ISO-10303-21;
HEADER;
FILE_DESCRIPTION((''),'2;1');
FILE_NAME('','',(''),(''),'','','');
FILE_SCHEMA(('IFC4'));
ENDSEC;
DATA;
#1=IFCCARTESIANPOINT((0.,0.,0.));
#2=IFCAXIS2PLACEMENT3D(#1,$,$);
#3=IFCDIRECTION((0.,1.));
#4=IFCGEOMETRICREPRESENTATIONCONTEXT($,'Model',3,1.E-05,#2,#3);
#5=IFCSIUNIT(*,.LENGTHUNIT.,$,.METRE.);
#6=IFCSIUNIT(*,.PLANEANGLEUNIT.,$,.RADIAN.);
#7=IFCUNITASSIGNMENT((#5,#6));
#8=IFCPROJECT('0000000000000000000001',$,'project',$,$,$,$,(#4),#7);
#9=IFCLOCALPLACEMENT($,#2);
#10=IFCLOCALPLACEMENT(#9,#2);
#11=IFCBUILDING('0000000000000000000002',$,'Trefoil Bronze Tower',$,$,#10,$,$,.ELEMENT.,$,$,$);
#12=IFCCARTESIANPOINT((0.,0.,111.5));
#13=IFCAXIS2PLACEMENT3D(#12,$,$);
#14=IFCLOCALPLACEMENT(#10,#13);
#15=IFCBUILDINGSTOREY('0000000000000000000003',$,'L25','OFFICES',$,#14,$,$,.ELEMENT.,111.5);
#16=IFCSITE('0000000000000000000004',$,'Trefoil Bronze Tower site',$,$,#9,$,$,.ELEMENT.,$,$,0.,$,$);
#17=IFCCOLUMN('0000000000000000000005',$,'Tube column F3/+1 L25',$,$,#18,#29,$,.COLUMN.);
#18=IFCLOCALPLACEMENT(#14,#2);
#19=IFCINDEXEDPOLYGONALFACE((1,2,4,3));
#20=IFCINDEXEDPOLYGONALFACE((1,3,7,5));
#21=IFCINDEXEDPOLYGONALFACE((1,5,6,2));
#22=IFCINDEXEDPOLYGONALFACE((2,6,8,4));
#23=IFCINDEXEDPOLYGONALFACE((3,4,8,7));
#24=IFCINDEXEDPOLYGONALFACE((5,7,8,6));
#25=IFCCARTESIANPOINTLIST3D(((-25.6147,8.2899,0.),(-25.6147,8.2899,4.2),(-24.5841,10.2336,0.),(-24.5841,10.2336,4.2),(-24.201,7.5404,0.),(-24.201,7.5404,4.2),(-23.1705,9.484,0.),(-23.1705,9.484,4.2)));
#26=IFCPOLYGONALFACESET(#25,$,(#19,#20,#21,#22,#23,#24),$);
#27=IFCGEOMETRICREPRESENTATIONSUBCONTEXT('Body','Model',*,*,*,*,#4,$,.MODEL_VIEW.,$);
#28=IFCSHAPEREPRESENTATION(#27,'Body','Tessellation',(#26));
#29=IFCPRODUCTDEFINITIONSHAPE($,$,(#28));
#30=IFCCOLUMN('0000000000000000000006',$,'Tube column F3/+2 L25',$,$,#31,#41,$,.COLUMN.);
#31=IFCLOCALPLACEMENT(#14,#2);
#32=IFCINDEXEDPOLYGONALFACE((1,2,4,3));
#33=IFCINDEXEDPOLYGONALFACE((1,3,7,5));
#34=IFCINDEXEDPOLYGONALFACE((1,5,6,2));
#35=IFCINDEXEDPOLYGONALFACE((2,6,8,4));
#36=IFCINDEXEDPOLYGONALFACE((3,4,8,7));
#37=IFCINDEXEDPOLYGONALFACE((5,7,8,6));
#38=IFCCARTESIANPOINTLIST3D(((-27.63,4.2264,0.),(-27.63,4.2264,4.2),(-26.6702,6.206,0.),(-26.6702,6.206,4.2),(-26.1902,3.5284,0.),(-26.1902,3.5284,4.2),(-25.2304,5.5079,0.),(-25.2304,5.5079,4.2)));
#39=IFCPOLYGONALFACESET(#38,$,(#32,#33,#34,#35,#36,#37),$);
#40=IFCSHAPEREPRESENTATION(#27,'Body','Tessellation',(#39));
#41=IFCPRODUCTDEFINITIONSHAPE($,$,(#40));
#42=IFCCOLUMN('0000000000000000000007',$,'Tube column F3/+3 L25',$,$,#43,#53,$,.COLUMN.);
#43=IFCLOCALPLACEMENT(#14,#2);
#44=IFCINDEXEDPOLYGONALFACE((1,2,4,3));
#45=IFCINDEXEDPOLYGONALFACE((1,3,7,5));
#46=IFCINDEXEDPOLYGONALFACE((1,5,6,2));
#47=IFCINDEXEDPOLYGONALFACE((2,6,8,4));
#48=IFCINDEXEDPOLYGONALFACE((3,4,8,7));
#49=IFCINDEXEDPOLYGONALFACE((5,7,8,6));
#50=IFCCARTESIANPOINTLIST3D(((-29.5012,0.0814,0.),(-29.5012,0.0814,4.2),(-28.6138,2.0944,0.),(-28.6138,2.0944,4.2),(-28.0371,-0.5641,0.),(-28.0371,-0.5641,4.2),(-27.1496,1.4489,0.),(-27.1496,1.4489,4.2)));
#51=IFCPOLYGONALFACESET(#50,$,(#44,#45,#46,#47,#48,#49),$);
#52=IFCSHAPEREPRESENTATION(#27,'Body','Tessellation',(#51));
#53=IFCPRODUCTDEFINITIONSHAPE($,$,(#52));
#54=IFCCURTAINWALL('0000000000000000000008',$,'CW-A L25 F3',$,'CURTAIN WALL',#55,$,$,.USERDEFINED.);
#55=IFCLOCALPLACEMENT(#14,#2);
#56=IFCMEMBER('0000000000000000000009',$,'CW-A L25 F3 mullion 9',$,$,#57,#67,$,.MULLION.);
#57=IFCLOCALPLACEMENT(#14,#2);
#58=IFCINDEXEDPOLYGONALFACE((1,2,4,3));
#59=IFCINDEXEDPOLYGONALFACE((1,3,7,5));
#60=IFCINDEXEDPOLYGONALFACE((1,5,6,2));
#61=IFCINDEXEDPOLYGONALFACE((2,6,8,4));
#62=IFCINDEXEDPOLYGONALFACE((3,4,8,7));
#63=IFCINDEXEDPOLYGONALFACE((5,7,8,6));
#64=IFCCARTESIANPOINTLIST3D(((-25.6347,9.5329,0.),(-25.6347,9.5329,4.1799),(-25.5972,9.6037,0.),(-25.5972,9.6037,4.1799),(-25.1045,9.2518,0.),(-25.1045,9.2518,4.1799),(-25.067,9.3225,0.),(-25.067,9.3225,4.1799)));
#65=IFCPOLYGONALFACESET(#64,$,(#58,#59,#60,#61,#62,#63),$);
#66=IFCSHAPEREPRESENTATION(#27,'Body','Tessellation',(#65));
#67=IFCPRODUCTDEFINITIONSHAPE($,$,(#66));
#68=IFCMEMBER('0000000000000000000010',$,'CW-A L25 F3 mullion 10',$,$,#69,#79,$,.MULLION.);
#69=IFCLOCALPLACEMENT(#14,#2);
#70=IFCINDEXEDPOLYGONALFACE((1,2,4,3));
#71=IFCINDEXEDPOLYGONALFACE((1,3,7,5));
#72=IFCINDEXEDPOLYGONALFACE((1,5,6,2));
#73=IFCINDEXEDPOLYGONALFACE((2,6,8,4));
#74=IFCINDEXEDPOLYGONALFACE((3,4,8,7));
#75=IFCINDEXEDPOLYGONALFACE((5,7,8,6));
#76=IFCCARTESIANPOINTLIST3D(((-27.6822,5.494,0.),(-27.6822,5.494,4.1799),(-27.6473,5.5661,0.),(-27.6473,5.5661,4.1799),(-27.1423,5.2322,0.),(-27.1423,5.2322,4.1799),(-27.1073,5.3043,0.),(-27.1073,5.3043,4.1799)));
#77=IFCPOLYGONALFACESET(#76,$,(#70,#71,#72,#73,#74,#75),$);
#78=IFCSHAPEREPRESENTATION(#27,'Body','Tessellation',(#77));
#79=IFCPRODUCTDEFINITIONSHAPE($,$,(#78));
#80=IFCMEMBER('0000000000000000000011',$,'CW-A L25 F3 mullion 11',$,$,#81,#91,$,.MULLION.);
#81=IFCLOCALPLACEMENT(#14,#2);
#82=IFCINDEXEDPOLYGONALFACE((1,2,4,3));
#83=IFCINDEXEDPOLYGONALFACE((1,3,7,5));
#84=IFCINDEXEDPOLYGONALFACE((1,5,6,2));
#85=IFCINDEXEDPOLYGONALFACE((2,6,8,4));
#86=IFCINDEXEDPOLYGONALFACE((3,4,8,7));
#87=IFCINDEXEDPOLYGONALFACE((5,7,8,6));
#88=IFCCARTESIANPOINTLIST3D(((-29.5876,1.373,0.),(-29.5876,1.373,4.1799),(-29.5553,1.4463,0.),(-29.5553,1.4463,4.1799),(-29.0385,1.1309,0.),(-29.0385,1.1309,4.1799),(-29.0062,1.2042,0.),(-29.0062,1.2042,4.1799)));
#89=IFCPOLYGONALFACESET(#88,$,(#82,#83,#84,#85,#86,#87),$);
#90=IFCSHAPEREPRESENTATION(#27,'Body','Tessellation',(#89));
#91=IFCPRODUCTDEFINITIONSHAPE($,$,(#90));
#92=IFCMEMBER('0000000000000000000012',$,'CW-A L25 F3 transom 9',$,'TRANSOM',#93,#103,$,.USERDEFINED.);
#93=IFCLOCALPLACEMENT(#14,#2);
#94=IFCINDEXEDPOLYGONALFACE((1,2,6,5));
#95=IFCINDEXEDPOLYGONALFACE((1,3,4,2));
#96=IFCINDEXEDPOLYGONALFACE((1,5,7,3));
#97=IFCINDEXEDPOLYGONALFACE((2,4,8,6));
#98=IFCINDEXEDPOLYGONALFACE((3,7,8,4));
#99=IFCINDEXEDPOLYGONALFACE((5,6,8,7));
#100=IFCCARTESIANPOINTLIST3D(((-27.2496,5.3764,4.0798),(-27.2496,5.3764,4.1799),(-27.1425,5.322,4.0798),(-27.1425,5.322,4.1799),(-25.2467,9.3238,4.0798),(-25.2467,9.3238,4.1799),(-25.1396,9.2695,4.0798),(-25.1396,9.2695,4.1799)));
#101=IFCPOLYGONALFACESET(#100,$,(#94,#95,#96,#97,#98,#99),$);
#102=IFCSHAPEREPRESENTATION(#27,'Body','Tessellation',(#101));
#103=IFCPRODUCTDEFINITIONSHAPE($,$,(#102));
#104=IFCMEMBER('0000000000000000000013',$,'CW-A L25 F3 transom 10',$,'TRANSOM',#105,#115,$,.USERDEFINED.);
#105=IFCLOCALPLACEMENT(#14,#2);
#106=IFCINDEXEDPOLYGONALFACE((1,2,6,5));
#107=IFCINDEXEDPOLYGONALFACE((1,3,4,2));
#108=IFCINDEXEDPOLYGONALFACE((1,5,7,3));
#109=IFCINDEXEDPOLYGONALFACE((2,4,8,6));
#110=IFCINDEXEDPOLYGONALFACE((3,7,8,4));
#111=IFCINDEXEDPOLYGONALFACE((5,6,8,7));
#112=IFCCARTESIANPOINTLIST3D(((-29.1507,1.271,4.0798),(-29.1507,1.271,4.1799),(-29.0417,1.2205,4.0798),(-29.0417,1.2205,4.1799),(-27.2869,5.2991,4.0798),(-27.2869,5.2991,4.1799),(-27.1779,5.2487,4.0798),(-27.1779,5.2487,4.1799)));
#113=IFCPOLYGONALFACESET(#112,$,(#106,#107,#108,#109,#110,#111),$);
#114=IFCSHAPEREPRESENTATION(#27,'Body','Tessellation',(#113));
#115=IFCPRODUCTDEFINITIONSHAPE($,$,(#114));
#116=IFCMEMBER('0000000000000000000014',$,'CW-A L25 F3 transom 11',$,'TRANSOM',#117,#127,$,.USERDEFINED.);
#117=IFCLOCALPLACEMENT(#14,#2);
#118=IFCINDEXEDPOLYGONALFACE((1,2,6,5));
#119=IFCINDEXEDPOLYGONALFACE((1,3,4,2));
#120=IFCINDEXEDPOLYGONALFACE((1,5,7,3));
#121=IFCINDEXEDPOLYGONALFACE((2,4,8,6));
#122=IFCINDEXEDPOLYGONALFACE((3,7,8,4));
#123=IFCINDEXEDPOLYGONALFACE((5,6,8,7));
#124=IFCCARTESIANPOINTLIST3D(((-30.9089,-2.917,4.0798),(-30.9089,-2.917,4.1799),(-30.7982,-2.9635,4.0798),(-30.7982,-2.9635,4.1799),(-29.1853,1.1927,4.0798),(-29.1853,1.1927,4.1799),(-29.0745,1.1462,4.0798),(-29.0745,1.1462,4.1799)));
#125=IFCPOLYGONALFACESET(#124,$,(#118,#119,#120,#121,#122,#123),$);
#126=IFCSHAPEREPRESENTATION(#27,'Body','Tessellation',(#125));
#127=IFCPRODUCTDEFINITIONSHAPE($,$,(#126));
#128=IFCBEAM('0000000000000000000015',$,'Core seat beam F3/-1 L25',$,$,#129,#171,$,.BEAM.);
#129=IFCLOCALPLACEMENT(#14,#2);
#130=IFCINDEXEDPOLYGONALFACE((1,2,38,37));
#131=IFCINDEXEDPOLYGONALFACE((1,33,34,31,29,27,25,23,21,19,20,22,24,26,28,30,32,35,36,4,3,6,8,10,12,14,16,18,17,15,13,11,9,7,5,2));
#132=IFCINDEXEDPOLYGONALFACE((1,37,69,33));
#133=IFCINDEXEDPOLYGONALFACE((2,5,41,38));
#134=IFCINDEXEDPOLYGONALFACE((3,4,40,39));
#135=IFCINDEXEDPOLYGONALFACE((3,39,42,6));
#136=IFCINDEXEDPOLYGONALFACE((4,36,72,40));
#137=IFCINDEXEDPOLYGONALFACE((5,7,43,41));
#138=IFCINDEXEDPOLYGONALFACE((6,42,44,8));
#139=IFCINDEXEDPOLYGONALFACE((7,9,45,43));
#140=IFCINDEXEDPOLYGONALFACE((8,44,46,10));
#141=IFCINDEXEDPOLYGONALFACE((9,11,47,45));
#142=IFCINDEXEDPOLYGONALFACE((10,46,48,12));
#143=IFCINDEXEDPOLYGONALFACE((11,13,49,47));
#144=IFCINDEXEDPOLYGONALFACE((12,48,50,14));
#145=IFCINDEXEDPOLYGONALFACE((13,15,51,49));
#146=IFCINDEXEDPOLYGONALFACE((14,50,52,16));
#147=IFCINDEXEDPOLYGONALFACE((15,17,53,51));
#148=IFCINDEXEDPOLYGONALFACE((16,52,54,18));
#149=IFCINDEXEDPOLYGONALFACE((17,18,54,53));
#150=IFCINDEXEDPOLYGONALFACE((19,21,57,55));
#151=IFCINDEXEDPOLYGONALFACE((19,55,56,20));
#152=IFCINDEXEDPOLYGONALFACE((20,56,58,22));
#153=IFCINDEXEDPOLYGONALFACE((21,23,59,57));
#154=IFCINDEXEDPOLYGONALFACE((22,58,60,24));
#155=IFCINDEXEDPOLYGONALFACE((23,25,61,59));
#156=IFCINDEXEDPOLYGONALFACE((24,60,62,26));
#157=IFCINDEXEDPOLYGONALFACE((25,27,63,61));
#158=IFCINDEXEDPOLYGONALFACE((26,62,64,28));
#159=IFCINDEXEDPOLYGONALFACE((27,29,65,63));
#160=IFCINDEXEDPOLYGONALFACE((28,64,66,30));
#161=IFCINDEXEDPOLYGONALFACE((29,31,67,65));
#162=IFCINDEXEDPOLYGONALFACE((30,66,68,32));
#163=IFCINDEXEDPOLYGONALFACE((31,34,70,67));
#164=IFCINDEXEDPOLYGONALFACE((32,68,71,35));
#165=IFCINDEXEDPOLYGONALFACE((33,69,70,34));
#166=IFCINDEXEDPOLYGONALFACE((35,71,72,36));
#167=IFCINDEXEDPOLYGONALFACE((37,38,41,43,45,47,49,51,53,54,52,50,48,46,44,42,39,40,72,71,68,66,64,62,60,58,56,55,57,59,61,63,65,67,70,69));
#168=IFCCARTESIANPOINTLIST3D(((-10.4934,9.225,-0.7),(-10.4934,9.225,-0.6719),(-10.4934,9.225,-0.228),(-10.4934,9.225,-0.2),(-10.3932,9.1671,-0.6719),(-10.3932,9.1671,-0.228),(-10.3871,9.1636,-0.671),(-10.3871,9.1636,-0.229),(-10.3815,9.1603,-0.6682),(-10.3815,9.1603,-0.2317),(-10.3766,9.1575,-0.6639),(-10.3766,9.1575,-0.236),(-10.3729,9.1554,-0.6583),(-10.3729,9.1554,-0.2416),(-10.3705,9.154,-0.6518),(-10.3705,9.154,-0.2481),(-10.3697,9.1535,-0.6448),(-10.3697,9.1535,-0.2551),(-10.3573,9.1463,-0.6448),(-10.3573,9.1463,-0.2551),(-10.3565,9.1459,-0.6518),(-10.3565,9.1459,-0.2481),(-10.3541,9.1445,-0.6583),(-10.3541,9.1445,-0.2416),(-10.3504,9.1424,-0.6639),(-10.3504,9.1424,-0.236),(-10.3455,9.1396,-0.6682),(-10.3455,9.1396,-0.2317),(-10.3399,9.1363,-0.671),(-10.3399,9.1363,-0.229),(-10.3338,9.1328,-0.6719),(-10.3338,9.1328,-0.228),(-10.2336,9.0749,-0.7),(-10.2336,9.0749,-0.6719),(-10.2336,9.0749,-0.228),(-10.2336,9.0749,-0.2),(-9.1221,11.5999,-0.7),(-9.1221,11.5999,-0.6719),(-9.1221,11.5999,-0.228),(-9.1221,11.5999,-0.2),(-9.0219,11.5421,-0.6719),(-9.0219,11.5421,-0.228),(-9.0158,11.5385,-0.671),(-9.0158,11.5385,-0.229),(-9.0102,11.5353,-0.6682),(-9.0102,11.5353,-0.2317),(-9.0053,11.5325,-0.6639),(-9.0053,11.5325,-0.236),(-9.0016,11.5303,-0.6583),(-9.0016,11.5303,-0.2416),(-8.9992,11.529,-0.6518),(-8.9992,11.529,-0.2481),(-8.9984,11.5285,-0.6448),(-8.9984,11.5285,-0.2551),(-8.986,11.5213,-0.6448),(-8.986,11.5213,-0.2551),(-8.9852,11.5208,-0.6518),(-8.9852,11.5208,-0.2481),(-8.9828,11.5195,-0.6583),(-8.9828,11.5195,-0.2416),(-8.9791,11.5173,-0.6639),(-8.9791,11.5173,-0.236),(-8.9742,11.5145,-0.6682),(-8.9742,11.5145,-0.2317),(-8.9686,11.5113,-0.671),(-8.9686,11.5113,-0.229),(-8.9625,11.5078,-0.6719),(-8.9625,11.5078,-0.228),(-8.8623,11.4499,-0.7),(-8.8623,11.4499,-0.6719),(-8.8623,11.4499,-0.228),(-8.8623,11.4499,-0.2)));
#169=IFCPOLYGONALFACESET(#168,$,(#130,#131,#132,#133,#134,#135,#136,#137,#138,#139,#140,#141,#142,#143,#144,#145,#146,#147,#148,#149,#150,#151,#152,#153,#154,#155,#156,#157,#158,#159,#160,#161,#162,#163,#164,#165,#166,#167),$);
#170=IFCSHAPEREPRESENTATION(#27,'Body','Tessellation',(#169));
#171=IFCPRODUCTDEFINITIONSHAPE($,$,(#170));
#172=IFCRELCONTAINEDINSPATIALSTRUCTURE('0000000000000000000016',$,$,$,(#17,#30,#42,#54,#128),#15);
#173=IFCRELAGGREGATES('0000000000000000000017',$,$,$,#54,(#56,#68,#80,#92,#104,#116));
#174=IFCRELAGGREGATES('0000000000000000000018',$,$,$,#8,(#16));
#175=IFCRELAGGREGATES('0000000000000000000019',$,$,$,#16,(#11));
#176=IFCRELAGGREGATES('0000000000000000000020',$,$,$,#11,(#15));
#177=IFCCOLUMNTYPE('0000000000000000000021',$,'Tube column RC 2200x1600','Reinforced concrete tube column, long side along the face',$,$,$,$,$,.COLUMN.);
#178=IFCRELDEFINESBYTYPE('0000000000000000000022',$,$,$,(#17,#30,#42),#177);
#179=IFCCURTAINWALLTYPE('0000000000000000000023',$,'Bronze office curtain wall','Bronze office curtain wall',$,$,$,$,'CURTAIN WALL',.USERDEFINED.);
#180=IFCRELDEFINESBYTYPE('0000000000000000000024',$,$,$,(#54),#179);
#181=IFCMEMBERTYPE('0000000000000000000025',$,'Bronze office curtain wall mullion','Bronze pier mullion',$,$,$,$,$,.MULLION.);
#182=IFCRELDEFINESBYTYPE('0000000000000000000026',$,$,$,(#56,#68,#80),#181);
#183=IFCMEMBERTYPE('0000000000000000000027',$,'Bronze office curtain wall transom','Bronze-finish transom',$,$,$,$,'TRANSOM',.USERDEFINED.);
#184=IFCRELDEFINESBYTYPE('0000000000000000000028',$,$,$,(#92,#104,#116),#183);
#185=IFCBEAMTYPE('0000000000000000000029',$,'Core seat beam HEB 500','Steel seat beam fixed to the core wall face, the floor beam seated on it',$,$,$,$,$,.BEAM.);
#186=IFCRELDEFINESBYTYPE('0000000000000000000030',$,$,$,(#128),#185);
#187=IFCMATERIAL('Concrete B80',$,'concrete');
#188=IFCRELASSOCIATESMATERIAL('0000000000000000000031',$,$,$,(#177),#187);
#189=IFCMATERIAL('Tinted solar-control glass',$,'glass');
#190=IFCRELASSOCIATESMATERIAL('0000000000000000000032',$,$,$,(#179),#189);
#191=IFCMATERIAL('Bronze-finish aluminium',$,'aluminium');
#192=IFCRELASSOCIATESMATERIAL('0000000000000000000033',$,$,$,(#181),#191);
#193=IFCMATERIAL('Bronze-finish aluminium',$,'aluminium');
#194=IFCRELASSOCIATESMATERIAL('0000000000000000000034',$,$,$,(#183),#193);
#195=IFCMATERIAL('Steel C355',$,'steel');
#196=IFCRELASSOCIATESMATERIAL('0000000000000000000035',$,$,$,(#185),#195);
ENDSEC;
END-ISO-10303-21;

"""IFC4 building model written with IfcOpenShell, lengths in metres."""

from ifc_helpers import new_model, si_unit, direction, frame, origin, origin_2d, place, context, subcontext, project, spatial, rectangle, i_section, extrude, material, material_profile, profile_set, type_object, element, aggregate, save


model = new_model("IFC4")

# Units and contexts
model_context = context("Model", 3, precision=1e-05, world=origin(), true_north=direction((0.0, 1.0)))
body_context = subcontext(model_context, "Body", "Model", "MODEL_VIEW")
ifc_project = project(units=[si_unit("LENGTHUNIT", "METRE"), si_unit("PLANEANGLEUNIT", "RADIAN")], contexts=[model_context])

# Site, building, storey
site_placement = place(None, origin())
site = spatial("IfcSite", under=ifc_project, at=site_placement, Name="Trefoil Bronze Tower site", CompositionType="ELEMENT", RefElevation=0.0)
building_placement = place(site_placement, origin())
building = spatial("IfcBuilding", under=site, at=building_placement, Name="Trefoil Bronze Tower", CompositionType="ELEMENT")
storey_placement = place(building_placement, frame((0.0, 0.0, 111.5)))
storey = spatial("IfcBuildingStorey", under=building, at=storey_placement, Name="L25", Description="OFFICES", CompositionType="ELEMENT", Elevation=111.5)

# Columns
ifc_material_1 = material(Name="Concrete B80", Category="concrete")
ifc_material_profile_1 = material_profile(ifc_material_1, rectangle(XDim=2.2, YDim=1.6001, at=origin_2d()), Name="RC 2200x1600")
ifc_profile_set_1 = profile_set([ifc_material_profile_1], Name="Concrete B80")
column_type = type_object("IfcColumnType", Name="Tube column RC 2200x1600", Description="Reinforced concrete tube column, long side along the face", PredefinedType="COLUMN", material=ifc_profile_set_1)
for number, where, z_axis, x_axis, name in (
    (1, (-24.3926, 8.887, 0.0), (0.0, 0.0, 1.0), (-0.468457, -0.883486, 0.0), "Tube column F3/+1 L25"),
    (2, (-26.4302, 4.8672, 0.0), (0.0, 0.0, 1.0), (-0.436262, -0.89982, 0.0), "Tube column F3/+2 L25"),
    (3, (-28.3254, 0.7651, 0.0), (0.0, 0.0, 1.0), (-0.403412, -0.915018, 0.0), "Tube column F3/+3 L25"),
):
    element("IfcColumn", number, at=place(storey_placement, frame(where, z_axis=z_axis, x_axis=x_axis)), inside=storey, type_object=column_type, Name=name, PredefinedType="COLUMN", context=body_context, shape_type="SweptSolid", body=[
        extrude(rectangle(XDim=2.2, YDim=1.6001, at=origin_2d()), origin(), (0.0, 0.0, 1.0), 4.2),
    ])

# Curtain wall, members
ifc_material_2 = material(Name="Tinted solar-control glass", Category="glass")
curtain_wall_type = type_object("IfcCurtainWallType", Name="Bronze office curtain wall", Description="Bronze office curtain wall", ElementType="CURTAIN WALL", PredefinedType="USERDEFINED", material=ifc_material_2)
curtain_wall_placement = place(storey_placement, origin())
curtain_wall = element("IfcCurtainWall", 4, at=curtain_wall_placement, inside=storey, type_object=curtain_wall_type, Name="CW-A L25 F3", ObjectType="CURTAIN WALL", PredefinedType="USERDEFINED")
ifc_material_3 = material(Name="Bronze-finish aluminium", Category="aluminium")
ifc_material_profile_2 = material_profile(ifc_material_3, rectangle(XDim=0.6001, YDim=0.0801, at=origin_2d()), Name="CW-A mullion")
ifc_profile_set_2 = profile_set([ifc_material_profile_2], Name="Bronze-finish aluminium")
member_type_1 = type_object("IfcMemberType", Name="Bronze office curtain wall mullion", Description="Bronze pier mullion", PredefinedType="MULLION", material=ifc_profile_set_2)
member_1_placement = place(storey_placement, frame((-25.3508, 9.4277, 0.0), z_axis=(0.0, 0.0, 1.0), x_axis=(0.883486, -0.468457, 0.0)))
member_1 = element("IfcMember", 5, at=member_1_placement, type_object=member_type_1, Name="CW-A L25 F3 mullion 9", PredefinedType="MULLION", context=body_context, shape_type="SweptSolid", body=[
    extrude(rectangle(XDim=0.6001, YDim=0.0801, at=origin_2d()), origin(), (0.0, 0.0, 1.0), 4.1799),
])
member_2_placement = place(storey_placement, frame((-27.3948, 5.3992, 0.0), z_axis=(0.0, 0.0, 1.0), x_axis=(0.89982, -0.436262, 0.0)))
member_2 = element("IfcMember", 6, at=member_2_placement, type_object=member_type_1, Name="CW-A L25 F3 mullion 10", PredefinedType="MULLION", context=body_context, shape_type="SweptSolid", body=[
    extrude(rectangle(XDim=0.6001, YDim=0.0801, at=origin_2d()), origin(), (0.0, 0.0, 1.0), 4.1799),
])
member_3_placement = place(storey_placement, frame((-29.2969, 1.2886, 0.0), z_axis=(0.0, 0.0, 1.0), x_axis=(0.915018, -0.403412, 0.0)))
member_3 = element("IfcMember", 7, at=member_3_placement, type_object=member_type_1, Name="CW-A L25 F3 mullion 11", PredefinedType="MULLION", context=body_context, shape_type="SweptSolid", body=[
    extrude(rectangle(XDim=0.6001, YDim=0.0801, at=origin_2d()), origin(), (0.0, 0.0, 1.0), 4.1799),
])
ifc_material_4 = material(Name="Bronze-finish aluminium", Category="aluminium")
ifc_material_profile_3 = material_profile(ifc_material_4, rectangle(XDim=0.1201, YDim=0.1001, at=origin_2d()), Name="CW-A transom")
ifc_profile_set_3 = profile_set([ifc_material_profile_3], Name="Bronze-finish aluminium")
member_type_2 = type_object("IfcMemberType", Name="Bronze office curtain wall transom", Description="Bronze-finish transom", ElementType="TRANSOM", PredefinedType="USERDEFINED", material=ifc_profile_set_3)
member_4_placement = place(storey_placement, frame((-25.1931, 9.2966, 4.1299), z_axis=(-0.452478, -0.891775, 0.0), x_axis=(0.891775, -0.452478, 0.0)))
member_4 = element("IfcMember", 8, at=member_4_placement, type_object=member_type_2, Name="CW-A L25 F3 transom 9", ObjectType="TRANSOM", PredefinedType="USERDEFINED", context=body_context, shape_type="SweptSolid", body=[
    extrude(rectangle(XDim=0.1201, YDim=0.1001, at=origin_2d()), origin(), (0.0, 0.0, 1.0), 4.4265),
])
member_5_placement = place(storey_placement, frame((-27.2324, 5.2739, 4.1299), z_axis=(-0.419923, -0.90756, 0.0), x_axis=(0.90756, -0.419923, 0.0)))
member_5 = element("IfcMember", 9, at=member_5_placement, type_object=member_type_2, Name="CW-A L25 F3 transom 10", ObjectType="TRANSOM", PredefinedType="USERDEFINED", context=body_context, shape_type="SweptSolid", body=[
    extrude(rectangle(XDim=0.1201, YDim=0.1001, at=origin_2d()), origin(), (0.0, 0.0, 1.0), 4.4385),
])
member_6_placement = place(storey_placement, frame((-29.1299, 1.1694, 4.1299), z_axis=(-0.386773, -0.922175, 0.0), x_axis=(0.922175, -0.386773, 0.0)))
member_6 = element("IfcMember", 10, at=member_6_placement, type_object=member_type_2, Name="CW-A L25 F3 transom 11", ObjectType="TRANSOM", PredefinedType="USERDEFINED", context=body_context, shape_type="SweptSolid", body=[
    extrude(rectangle(XDim=0.1201, YDim=0.1001, at=origin_2d()), origin(), (0.0, 0.0, 1.0), 4.4565),
])

# Beam
ifc_material_5 = material(Name="Steel C355", Category="steel")
ifc_material_profile_4 = material_profile(ifc_material_5, i_section(OverallWidth=0.3, OverallDepth=0.5, WebThickness=0.0144, FlangeThickness=0.0281, FilletRadius=0.0271, at=origin_2d()), Name="HEB 500")
ifc_profile_set_4 = profile_set([ifc_material_profile_4], Name="Steel C355")
beam_type_1 = type_object("IfcBeamType", Name="Core seat beam HEB 500", Description="Steel seat beam fixed to the core wall face, the floor beam seated on it", PredefinedType="BEAM", material=ifc_profile_set_4)
for number, where, z_axis, x_axis, name in (
    (11, (-8.9922, 11.5249, -0.45), (-0.500036, -0.866005, 0.0), (0.866005, -0.500036, 0.0), "Core seat beam F3/-1 L25"),
):
    element("IfcBeam", number, at=place(storey_placement, frame(where, z_axis=z_axis, x_axis=x_axis)), inside=storey, type_object=beam_type_1, Name=name, PredefinedType="BEAM", context=body_context, shape_type="SweptSolid", body=[
        extrude(i_section(OverallWidth=0.3, OverallDepth=0.5, WebThickness=0.0144, FlangeThickness=0.0281, FilletRadius=0.0271, at=origin_2d()), origin(), (0.0, 0.0, 1.0), 2.7424),
    ])

aggregate(curtain_wall, [member_1, member_2, member_3, member_4, member_5, member_6])

save(model, "model.ifc")
